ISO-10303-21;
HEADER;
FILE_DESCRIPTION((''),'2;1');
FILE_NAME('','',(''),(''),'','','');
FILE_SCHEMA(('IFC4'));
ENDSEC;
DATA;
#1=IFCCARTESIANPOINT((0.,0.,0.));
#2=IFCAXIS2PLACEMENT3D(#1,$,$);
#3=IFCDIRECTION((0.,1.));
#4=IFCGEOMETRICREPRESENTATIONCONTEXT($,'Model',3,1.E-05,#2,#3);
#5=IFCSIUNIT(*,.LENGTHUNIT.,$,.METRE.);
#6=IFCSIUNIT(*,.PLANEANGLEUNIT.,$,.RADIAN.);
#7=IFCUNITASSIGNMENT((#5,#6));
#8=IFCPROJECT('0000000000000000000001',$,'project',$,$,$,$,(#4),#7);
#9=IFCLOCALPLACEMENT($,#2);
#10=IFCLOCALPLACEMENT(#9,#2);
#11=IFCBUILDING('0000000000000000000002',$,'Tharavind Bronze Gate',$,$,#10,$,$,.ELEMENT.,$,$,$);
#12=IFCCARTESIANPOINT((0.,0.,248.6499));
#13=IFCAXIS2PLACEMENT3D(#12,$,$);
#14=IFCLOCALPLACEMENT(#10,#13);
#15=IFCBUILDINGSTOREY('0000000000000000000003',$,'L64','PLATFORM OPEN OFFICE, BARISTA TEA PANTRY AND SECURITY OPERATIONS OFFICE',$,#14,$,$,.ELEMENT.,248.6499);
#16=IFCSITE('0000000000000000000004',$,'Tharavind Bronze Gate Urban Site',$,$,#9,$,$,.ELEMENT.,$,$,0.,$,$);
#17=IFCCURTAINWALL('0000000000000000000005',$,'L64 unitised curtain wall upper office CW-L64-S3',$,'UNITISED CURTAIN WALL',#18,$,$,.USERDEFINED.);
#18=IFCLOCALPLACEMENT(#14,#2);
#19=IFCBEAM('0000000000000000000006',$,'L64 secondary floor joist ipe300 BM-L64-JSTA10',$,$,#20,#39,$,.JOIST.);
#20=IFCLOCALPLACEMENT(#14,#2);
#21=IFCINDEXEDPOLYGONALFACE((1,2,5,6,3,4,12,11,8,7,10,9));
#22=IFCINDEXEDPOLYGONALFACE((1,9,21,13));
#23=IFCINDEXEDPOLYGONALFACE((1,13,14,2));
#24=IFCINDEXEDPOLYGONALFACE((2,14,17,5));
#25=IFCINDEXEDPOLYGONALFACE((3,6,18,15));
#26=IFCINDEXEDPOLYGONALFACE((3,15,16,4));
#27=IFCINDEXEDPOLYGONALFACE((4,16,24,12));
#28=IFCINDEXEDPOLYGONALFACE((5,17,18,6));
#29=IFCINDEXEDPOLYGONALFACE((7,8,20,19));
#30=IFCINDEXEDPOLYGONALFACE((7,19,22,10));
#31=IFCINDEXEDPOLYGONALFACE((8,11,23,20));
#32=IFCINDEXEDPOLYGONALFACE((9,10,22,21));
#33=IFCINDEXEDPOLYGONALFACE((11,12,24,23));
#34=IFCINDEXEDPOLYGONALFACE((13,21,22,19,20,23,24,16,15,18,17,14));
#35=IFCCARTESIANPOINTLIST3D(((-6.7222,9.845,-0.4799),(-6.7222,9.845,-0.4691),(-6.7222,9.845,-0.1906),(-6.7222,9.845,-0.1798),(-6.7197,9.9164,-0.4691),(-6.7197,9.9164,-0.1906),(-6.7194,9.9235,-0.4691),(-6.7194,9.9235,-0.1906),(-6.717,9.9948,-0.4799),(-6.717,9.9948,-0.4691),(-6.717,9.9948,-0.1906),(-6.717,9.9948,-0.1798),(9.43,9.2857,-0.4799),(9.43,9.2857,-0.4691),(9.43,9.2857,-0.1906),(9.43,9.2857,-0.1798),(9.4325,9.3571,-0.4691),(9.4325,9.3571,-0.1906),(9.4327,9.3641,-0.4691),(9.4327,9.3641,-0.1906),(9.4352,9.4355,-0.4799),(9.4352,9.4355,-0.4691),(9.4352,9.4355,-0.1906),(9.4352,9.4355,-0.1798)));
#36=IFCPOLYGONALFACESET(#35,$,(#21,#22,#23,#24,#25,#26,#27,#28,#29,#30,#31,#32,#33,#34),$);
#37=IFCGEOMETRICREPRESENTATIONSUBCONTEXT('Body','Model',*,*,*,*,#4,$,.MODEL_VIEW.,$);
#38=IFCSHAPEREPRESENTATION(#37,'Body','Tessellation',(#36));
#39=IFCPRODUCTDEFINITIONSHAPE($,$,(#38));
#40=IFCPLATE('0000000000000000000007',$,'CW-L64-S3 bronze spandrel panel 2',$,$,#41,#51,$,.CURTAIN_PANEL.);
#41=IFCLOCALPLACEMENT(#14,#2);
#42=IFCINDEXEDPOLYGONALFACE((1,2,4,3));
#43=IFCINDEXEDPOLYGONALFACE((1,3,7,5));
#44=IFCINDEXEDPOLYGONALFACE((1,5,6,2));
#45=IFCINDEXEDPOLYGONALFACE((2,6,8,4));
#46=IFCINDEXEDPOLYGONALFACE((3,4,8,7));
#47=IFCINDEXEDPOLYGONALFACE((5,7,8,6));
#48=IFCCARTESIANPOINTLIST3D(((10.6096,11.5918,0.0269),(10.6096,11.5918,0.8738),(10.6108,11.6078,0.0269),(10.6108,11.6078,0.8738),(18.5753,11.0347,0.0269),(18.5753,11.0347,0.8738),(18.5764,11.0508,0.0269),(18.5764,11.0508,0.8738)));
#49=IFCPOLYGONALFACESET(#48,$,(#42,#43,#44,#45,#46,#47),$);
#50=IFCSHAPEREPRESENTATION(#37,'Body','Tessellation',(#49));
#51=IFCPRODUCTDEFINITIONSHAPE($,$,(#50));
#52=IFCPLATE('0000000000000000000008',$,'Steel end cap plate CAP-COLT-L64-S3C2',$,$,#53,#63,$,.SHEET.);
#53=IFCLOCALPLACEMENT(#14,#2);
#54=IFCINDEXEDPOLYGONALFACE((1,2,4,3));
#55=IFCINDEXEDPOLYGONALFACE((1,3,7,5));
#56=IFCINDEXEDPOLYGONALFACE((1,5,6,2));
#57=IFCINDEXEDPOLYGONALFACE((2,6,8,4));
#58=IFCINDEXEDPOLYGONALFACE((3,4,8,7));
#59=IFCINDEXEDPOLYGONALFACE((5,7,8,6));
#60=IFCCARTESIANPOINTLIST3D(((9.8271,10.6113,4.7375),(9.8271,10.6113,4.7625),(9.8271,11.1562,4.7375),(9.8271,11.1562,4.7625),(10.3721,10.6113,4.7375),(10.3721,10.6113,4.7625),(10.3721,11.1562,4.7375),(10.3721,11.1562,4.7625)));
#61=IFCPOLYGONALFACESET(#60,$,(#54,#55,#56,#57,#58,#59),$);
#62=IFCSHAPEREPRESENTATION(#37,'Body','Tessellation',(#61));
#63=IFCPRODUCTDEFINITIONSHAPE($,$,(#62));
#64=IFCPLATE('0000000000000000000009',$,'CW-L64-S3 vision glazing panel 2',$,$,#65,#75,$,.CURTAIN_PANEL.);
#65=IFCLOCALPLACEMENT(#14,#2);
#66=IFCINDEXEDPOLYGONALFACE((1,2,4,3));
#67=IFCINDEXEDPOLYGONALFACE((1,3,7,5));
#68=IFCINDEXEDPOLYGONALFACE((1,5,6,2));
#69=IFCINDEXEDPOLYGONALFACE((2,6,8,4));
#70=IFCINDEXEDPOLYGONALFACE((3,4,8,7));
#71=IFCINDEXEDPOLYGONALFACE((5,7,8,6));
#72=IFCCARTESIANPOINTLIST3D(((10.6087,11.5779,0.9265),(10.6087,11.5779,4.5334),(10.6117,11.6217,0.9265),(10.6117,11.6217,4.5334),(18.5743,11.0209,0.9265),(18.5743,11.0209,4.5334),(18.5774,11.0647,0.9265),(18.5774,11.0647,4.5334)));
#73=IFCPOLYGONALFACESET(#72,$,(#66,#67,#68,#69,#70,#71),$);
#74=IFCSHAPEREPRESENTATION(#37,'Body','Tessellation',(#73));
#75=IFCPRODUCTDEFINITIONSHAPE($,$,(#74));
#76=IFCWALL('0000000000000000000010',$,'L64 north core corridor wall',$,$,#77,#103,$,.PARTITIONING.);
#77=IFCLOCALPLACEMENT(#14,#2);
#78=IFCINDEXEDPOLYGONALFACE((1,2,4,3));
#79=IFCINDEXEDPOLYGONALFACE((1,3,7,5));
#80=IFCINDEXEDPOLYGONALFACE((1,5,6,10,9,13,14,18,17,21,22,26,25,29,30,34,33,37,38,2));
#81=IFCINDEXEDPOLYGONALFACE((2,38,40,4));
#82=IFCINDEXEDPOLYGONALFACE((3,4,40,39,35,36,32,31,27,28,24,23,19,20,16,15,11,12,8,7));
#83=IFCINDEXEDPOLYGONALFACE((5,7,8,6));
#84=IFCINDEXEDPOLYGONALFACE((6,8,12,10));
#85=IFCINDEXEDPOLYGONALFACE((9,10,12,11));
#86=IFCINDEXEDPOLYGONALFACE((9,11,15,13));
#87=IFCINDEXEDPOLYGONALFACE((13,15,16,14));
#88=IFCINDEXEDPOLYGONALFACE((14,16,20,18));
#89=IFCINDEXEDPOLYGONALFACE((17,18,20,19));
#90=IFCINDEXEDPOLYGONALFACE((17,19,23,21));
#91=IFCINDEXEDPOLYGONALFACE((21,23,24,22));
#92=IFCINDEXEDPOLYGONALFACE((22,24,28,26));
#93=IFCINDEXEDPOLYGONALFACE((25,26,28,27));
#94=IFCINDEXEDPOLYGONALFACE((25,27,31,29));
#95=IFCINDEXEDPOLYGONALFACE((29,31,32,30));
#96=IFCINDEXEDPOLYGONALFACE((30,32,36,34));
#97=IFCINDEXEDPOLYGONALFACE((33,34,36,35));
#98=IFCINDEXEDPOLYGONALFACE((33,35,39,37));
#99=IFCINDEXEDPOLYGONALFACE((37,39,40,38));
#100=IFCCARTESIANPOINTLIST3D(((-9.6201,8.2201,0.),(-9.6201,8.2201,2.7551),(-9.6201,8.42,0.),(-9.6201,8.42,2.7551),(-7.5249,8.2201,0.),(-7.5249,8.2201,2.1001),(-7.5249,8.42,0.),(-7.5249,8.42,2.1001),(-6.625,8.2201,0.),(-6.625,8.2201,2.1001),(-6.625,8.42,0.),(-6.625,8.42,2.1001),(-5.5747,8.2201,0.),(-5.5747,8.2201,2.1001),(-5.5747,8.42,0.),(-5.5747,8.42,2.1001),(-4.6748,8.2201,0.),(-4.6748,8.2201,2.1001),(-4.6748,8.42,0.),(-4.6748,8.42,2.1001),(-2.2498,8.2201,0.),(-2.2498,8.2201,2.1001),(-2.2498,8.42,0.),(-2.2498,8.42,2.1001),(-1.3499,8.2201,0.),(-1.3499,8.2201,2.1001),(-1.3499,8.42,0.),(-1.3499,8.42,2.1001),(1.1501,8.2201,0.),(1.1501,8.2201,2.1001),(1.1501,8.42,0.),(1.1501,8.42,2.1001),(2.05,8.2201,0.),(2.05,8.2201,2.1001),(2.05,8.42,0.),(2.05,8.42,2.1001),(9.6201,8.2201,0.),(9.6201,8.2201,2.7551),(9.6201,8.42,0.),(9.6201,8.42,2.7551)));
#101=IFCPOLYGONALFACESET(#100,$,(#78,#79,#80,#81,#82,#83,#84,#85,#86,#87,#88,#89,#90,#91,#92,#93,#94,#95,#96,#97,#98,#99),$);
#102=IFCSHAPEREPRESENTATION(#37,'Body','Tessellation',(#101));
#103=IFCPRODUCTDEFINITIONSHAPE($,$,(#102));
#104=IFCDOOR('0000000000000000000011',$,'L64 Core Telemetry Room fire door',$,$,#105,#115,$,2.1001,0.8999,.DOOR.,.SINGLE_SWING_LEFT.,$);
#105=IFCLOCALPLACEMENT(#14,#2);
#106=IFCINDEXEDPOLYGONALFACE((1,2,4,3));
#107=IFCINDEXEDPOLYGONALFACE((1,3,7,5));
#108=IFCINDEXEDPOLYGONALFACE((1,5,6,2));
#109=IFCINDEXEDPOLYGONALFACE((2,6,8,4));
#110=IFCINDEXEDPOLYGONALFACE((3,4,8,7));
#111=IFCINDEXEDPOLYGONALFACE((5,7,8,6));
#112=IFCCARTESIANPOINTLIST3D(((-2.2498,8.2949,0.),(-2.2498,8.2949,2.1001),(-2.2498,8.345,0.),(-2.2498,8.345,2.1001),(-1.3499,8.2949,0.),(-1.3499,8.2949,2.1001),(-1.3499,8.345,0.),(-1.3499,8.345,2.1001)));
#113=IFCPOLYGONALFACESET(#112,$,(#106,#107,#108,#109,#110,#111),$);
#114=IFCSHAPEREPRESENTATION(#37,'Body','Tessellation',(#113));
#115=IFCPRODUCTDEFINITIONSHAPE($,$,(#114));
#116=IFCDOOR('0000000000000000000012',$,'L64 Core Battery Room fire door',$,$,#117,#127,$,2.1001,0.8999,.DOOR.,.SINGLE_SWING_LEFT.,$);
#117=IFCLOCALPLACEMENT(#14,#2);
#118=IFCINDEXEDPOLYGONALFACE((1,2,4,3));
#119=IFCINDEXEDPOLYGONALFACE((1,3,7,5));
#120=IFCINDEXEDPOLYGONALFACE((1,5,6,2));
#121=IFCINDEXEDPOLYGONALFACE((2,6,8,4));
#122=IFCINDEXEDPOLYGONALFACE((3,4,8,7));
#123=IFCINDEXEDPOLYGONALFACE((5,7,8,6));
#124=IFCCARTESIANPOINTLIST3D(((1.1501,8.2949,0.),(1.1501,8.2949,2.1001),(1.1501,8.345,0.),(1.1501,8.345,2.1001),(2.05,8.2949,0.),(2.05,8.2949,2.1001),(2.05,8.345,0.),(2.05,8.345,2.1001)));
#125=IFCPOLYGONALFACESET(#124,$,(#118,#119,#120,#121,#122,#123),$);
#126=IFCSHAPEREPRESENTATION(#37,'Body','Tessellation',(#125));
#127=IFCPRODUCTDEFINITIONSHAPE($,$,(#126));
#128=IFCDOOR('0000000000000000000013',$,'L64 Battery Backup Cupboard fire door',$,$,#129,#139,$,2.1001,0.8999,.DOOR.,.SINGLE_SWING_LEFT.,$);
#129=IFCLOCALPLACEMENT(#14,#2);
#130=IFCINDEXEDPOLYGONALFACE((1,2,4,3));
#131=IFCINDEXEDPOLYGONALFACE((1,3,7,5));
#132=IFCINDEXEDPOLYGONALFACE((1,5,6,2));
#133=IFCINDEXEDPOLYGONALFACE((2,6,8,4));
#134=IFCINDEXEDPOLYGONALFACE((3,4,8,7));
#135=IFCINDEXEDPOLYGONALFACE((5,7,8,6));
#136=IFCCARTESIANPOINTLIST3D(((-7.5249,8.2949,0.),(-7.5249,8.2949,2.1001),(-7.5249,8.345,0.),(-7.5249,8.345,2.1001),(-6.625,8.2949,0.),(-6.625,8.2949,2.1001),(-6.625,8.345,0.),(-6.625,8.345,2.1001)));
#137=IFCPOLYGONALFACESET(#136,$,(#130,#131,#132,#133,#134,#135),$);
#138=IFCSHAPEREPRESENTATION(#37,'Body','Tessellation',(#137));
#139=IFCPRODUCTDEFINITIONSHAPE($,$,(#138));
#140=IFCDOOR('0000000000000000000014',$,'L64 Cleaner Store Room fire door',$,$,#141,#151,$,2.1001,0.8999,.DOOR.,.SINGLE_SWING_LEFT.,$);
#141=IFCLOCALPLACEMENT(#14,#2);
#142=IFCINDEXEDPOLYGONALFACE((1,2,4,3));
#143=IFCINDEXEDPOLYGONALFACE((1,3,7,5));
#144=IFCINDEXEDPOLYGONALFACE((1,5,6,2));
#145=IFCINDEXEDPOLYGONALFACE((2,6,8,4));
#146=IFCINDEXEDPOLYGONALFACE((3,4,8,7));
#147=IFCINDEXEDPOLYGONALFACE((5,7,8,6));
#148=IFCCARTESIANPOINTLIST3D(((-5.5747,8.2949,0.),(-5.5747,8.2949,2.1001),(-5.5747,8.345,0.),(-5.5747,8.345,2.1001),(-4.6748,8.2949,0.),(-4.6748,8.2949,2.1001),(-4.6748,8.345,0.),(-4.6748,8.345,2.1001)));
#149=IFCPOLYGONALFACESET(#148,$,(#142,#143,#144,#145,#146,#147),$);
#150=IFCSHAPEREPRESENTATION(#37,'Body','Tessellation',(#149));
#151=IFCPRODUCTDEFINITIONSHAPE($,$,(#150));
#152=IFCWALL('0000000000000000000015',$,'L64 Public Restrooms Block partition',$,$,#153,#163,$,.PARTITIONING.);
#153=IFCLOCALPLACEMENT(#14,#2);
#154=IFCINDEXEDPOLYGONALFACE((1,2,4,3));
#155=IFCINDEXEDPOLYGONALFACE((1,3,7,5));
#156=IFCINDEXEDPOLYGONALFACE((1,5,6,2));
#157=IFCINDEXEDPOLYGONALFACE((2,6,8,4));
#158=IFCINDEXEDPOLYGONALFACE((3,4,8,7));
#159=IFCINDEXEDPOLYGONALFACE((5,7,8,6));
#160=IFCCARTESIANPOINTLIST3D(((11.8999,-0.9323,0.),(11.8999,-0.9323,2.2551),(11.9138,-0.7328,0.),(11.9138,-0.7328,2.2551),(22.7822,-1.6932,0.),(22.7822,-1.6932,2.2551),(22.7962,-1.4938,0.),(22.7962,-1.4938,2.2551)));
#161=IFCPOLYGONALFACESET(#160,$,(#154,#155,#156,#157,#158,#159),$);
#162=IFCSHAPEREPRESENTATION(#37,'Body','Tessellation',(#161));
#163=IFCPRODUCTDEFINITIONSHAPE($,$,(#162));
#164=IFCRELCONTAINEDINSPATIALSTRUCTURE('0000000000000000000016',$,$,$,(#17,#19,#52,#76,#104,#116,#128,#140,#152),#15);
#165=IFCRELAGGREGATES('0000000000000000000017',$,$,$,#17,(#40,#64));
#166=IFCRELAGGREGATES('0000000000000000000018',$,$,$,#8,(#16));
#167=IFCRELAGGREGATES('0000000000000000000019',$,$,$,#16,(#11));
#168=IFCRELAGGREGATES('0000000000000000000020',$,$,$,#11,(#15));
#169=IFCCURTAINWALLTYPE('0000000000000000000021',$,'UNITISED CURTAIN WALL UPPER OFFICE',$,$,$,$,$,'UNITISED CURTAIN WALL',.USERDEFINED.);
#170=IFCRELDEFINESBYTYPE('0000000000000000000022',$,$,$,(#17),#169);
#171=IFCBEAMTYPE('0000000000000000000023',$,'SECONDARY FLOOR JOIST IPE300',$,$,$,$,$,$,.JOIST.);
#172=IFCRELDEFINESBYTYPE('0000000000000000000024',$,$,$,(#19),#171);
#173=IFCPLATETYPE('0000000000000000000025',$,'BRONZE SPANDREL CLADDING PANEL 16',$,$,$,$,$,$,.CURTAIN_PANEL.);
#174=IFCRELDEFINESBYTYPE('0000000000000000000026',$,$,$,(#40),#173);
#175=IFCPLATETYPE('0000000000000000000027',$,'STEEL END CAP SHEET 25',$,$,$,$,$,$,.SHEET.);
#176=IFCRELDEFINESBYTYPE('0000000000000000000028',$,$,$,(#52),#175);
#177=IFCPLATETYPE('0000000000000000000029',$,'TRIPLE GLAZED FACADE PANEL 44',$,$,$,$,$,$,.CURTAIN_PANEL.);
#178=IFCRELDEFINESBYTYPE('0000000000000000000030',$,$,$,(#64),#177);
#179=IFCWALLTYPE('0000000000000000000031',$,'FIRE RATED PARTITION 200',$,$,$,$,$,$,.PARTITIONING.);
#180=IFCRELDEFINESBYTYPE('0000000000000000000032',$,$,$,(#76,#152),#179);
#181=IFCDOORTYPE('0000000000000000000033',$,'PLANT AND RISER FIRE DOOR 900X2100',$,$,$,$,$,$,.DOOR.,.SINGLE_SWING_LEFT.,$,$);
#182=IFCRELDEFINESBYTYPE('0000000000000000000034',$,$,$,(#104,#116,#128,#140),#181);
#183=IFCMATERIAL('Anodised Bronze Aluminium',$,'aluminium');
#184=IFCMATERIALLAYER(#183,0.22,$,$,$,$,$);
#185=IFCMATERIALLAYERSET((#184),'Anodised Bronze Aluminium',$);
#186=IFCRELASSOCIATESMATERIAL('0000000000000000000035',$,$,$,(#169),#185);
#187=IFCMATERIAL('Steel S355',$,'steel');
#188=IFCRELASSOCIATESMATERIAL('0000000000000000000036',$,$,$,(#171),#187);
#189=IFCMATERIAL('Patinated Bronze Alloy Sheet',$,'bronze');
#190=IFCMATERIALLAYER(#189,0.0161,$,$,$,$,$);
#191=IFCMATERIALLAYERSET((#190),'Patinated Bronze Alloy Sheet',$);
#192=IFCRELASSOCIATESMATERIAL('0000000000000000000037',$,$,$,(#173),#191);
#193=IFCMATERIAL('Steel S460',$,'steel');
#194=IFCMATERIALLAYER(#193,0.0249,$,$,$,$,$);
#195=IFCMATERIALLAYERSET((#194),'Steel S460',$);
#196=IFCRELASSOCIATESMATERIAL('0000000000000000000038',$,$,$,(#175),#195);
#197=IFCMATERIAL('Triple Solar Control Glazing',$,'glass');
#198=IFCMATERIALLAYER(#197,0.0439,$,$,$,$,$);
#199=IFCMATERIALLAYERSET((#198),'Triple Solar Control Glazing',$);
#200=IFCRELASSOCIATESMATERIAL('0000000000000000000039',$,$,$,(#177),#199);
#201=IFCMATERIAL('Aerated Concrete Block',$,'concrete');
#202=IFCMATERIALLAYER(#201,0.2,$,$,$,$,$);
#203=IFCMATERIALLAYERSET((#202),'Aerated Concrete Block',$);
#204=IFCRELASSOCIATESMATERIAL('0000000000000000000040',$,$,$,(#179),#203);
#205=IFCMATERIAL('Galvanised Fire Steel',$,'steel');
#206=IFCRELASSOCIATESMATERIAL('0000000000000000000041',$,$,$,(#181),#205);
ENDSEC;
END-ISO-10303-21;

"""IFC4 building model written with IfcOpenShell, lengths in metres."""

from ifc_helpers import new_model, si_unit, direction, frame, frame_2d, origin, origin_2d, place, context, subcontext, project, spatial, rectangle, i_section, extrude, material, layer, layer_set, material_profile, profile_set, type_object, element, fill, aggregate, save


model = new_model("IFC4")

# Units and contexts
model_context = context("Model", 3, precision=1e-05, world=origin(), true_north=direction((0.0, 1.0)))
body_context = subcontext(model_context, "Body", "Model", "MODEL_VIEW")
ifc_project = project(units=[si_unit("LENGTHUNIT", "METRE"), si_unit("PLANEANGLEUNIT", "RADIAN")], contexts=[model_context])

# Site, building, storey
site_placement = place(None, origin())
site = spatial("IfcSite", under=ifc_project, at=site_placement, Name="Tharavind Bronze Gate Urban Site", CompositionType="ELEMENT", RefElevation=0.0)
building_placement = place(site_placement, origin())
building = spatial("IfcBuilding", under=site, at=building_placement, Name="Tharavind Bronze Gate", CompositionType="ELEMENT")
storey_placement = place(building_placement, frame((0.0, 0.0, 248.6499)))
storey = spatial("IfcBuildingStorey", under=building, at=storey_placement, Name="L64", Description="PLATFORM OPEN OFFICE, BARISTA TEA PANTRY AND SECURITY OPERATIONS OFFICE", CompositionType="ELEMENT", Elevation=248.6499)

# Shared definitions
ifc_material_1 = material(Name="Steel S460", Category="steel")

# Curtain wall
ifc_material_2 = material(Name="Anodised Bronze Aluminium", Category="aluminium")
ifc_layer_1 = layer(ifc_material_2, 0.22)
ifc_layer_set_1 = layer_set([ifc_layer_1], Name="Anodised Bronze Aluminium")
curtain_wall_type = type_object("IfcCurtainWallType", Name="UNITISED CURTAIN WALL UPPER OFFICE", ElementType="UNITISED CURTAIN WALL", PredefinedType="USERDEFINED", material=ifc_layer_set_1)
curtain_wall_placement = place(storey_placement, origin())
curtain_wall = element("IfcCurtainWall", 1, at=curtain_wall_placement, inside=storey, type_object=curtain_wall_type, Name="L64 unitised curtain wall upper office CW-L64-S3", ObjectType="UNITISED CURTAIN WALL", PredefinedType="USERDEFINED")

# Beam
ifc_material_3 = material(Name="Steel S355", Category="steel")
ifc_material_profile_1 = material_profile(ifc_material_3, i_section(OverallWidth=0.1499, OverallDepth=0.3, WebThickness=0.0071, FlangeThickness=0.0107, at=origin_2d()), Name="IPE300")
ifc_profile_set_1 = profile_set([ifc_material_profile_1], Name="Steel S355")
beam_type_1 = type_object("IfcBeamType", Name="SECONDARY FLOOR JOIST IPE300", PredefinedType="JOIST", material=ifc_profile_set_1)
beam_1_placement = place(storey_placement, frame((9.4326, 9.3606, -0.3298), z_axis=(-0.999401, 0.034608, 0.0), x_axis=(-0.034608, -0.999401, 0.0)))
element("IfcBeam", 2, at=beam_1_placement, inside=storey, type_object=beam_type_1, Name="L64 secondary floor joist ipe300 BM-L64-JSTA10", PredefinedType="JOIST", context=body_context, shape_type="SweptSolid", body=[
    extrude(i_section(OverallWidth=0.1499, OverallDepth=0.3, WebThickness=0.0071, FlangeThickness=0.0107, at=origin_2d()), origin(), (0.0, 0.0, 1.0), 16.1619),
])

# Plates
ifc_material_4 = material(Name="Patinated Bronze Alloy Sheet", Category="bronze")
ifc_layer_2 = layer(ifc_material_4, 0.0161)
ifc_layer_set_2 = layer_set([ifc_layer_2], Name="Patinated Bronze Alloy Sheet")
plate_type_1 = type_object("IfcPlateType", Name="BRONZE SPANDREL CLADDING PANEL 16", PredefinedType="CURTAIN_PANEL", material=ifc_layer_set_2)
plate_1_placement = place(storey_placement, frame((14.593, 11.3213, 0.0269), z_axis=(0.0, 0.0, 1.0), x_axis=(-0.997564, 0.069758, 0.0)))
plate_1 = element("IfcPlate", 3, at=plate_1_placement, type_object=plate_type_1, Name="CW-L64-S3 bronze spandrel panel 2", PredefinedType="CURTAIN_PANEL", context=body_context, shape_type="SweptSolid", body=[
    extrude(rectangle(XDim=7.9851, YDim=0.0161, at=origin_2d()), origin(), (0.0, 0.0, 1.0), 0.8469),
])
ifc_layer_3 = layer(ifc_material_1, 0.0249)
ifc_layer_set_3 = layer_set([ifc_layer_3], Name="Steel S460")
plate_type_2 = type_object("IfcPlateType", Name="STEEL END CAP SHEET 25", PredefinedType="SHEET", material=ifc_layer_set_3)
plate_2_placement = place(storey_placement, frame((10.0996, 10.8838, 4.7375), z_axis=(0.0, 0.0, 1.0), x_axis=(1.0, 0.0, 0.0)))
element("IfcPlate", 4, at=plate_2_placement, inside=storey, type_object=plate_type_2, Name="Steel end cap plate CAP-COLT-L64-S3C2", PredefinedType="SHEET", context=body_context, shape_type="SweptSolid", body=[
    extrude(rectangle(XDim=0.5449, YDim=0.5449, at=origin_2d()), origin(), (0.0, 0.0, 1.0), 0.0249),
])
ifc_material_5 = material(Name="Triple Solar Control Glazing", Category="glass")
ifc_layer_4 = layer(ifc_material_5, 0.0439)
ifc_layer_set_4 = layer_set([ifc_layer_4], Name="Triple Solar Control Glazing")
plate_type_3 = type_object("IfcPlateType", Name="TRIPLE GLAZED FACADE PANEL 44", PredefinedType="CURTAIN_PANEL", material=ifc_layer_set_4)
plate_3_placement = place(storey_placement, frame((14.593, 11.3213, 0.9265), z_axis=(0.0, 0.0, 1.0), x_axis=(-0.997564, 0.069758, 0.0)))
plate_3 = element("IfcPlate", 5, at=plate_3_placement, type_object=plate_type_3, Name="CW-L64-S3 vision glazing panel 2", PredefinedType="CURTAIN_PANEL", context=body_context, shape_type="SweptSolid", body=[
    extrude(rectangle(XDim=7.9851, YDim=0.0439, at=origin_2d()), origin(), (0.0, 0.0, 1.0), 3.6069),
])
aggregate(curtain_wall, [plate_1, plate_3])

# Wall, openings, doors
ifc_material_6 = material(Name="Aerated Concrete Block", Category="concrete")
ifc_layer_5 = layer(ifc_material_6, 0.2)
ifc_layer_set_5 = layer_set([ifc_layer_5], Name="Aerated Concrete Block")
wall_type = type_object("IfcWallType", Name="FIRE RATED PARTITION 200", PredefinedType="PARTITIONING", material=ifc_layer_set_5)
wall_1_placement = place(storey_placement, frame((9.6201, 8.3201, 0.0), z_axis=(0.0, 0.0, 1.0), x_axis=(-1.0, 0.0, 0.0)))
wall_1 = element("IfcWall", 6, at=wall_1_placement, inside=storey, type_object=wall_type, Name="L64 north core corridor wall", PredefinedType="PARTITIONING", context=body_context, shape_type="SweptSolid", body=[
    extrude(rectangle(XDim=19.2402, YDim=0.2, at=frame_2d((9.6201, 0.0))), origin(), (0.0, 0.0, 1.0), 2.7551),
])
opening_1_placement = place(wall_1_placement, frame((10.97, 0.0, 0.0)))
opening_1 = element("IfcOpeningElement", 7, at=opening_1_placement, cuts=wall_1, PredefinedType="OPENING", context=body_context, shape_type="SweptSolid", body=[
    extrude(rectangle(XDim=0.8999, YDim=2.1001, at=frame_2d((0.45, 1.05))), frame((0.0, 0.1101, 0.0), z_axis=(0.0, -1.0, 0.0), x_axis=(1.0, 0.0, 0.0)), (0.0, 0.0, 1.0), 0.22),
])
opening_2_placement = place(wall_1_placement, frame((7.5701, 0.0, 0.0)))
opening_2 = element("IfcOpeningElement", 8, at=opening_2_placement, cuts=wall_1, PredefinedType="OPENING", context=body_context, shape_type="SweptSolid", body=[
    extrude(rectangle(XDim=0.8999, YDim=2.1001, at=frame_2d((0.45, 1.05))), frame((0.0, 0.1101, 0.0), z_axis=(0.0, -1.0, 0.0), x_axis=(1.0, 0.0, 0.0)), (0.0, 0.0, 1.0), 0.22),
])
opening_3_placement = place(wall_1_placement, frame((16.2451, 0.0, 0.0)))
opening_3 = element("IfcOpeningElement", 9, at=opening_3_placement, cuts=wall_1, PredefinedType="OPENING", context=body_context, shape_type="SweptSolid", body=[
    extrude(rectangle(XDim=0.8999, YDim=2.1001, at=frame_2d((0.45, 1.05))), frame((0.0, 0.1101, 0.0), z_axis=(0.0, -1.0, 0.0), x_axis=(1.0, 0.0, 0.0)), (0.0, 0.0, 1.0), 0.22),
])
opening_4_placement = place(wall_1_placement, frame((14.2949, 0.0, 0.0)))
opening_4 = element("IfcOpeningElement", 10, at=opening_4_placement, cuts=wall_1, PredefinedType="OPENING", context=body_context, shape_type="SweptSolid", body=[
    extrude(rectangle(XDim=0.8999, YDim=2.1001, at=frame_2d((0.45, 1.05))), frame((0.0, 0.1101, 0.0), z_axis=(0.0, -1.0, 0.0), x_axis=(1.0, 0.0, 0.0)), (0.0, 0.0, 1.0), 0.22),
])
ifc_material_7 = material(Name="Galvanised Fire Steel", Category="steel")
door_type_1 = type_object("IfcDoorType", Name="PLANT AND RISER FIRE DOOR 900X2100", OperationType="SINGLE_SWING_LEFT", PredefinedType="DOOR", material=ifc_material_7)
door_1_placement = place(opening_1_placement, frame((0.8999, 0.0, 0.0), z_axis=(0.0, 0.0, 1.0), x_axis=(-1.0, 0.0, 0.0)))
door_1 = element("IfcDoor", 11, at=door_1_placement, inside=storey, type_object=door_type_1, Name="L64 Core Telemetry Room fire door", OperationType="SINGLE_SWING_LEFT", OverallHeight=2.1001, OverallWidth=0.8999, PredefinedType="DOOR", context=body_context, shape_type="SweptSolid", body=[
    extrude(rectangle(XDim=0.8999, YDim=2.1001, at=frame_2d((0.45, 1.05))), frame((0.0, 0.0249, 0.0), z_axis=(0.0, -1.0, 0.0), x_axis=(1.0, 0.0, 0.0)), (0.0, 0.0, 1.0), 0.05),
])
fill(opening_1, door_1)
door_2_placement = place(opening_2_placement, frame((0.8999, 0.0, 0.0), z_axis=(0.0, 0.0, 1.0), x_axis=(-1.0, 0.0, 0.0)))
door_2 = element("IfcDoor", 12, at=door_2_placement, inside=storey, type_object=door_type_1, Name="L64 Core Battery Room fire door", OperationType="SINGLE_SWING_LEFT", OverallHeight=2.1001, OverallWidth=0.8999, PredefinedType="DOOR", context=body_context, shape_type="SweptSolid", body=[
    extrude(rectangle(XDim=0.8999, YDim=2.1001, at=frame_2d((0.45, 1.05))), frame((0.0, 0.0249, 0.0), z_axis=(0.0, -1.0, 0.0), x_axis=(1.0, 0.0, 0.0)), (0.0, 0.0, 1.0), 0.05),
])
fill(opening_2, door_2)
door_3_placement = place(opening_3_placement, frame((0.8999, 0.0, 0.0), z_axis=(0.0, 0.0, 1.0), x_axis=(-1.0, 0.0, 0.0)))
door_3 = element("IfcDoor", 13, at=door_3_placement, inside=storey, type_object=door_type_1, Name="L64 Battery Backup Cupboard fire door", OperationType="SINGLE_SWING_LEFT", OverallHeight=2.1001, OverallWidth=0.8999, PredefinedType="DOOR", context=body_context, shape_type="SweptSolid", body=[
    extrude(rectangle(XDim=0.8999, YDim=2.1001, at=frame_2d((0.45, 1.05))), frame((0.0, 0.0249, 0.0), z_axis=(0.0, -1.0, 0.0), x_axis=(1.0, 0.0, 0.0)), (0.0, 0.0, 1.0), 0.05),
])
fill(opening_3, door_3)
door_4_placement = place(opening_4_placement, frame((0.8999, 0.0, 0.0), z_axis=(0.0, 0.0, 1.0), x_axis=(-1.0, 0.0, 0.0)))
door_4 = element("IfcDoor", 14, at=door_4_placement, inside=storey, type_object=door_type_1, Name="L64 Cleaner Store Room fire door", OperationType="SINGLE_SWING_LEFT", OverallHeight=2.1001, OverallWidth=0.8999, PredefinedType="DOOR", context=body_context, shape_type="SweptSolid", body=[
    extrude(rectangle(XDim=0.8999, YDim=2.1001, at=frame_2d((0.45, 1.05))), frame((0.0, 0.0249, 0.0), z_axis=(0.0, -1.0, 0.0), x_axis=(1.0, 0.0, 0.0)), (0.0, 0.0, 1.0), 0.05),
])
fill(opening_4, door_4)

# Wall
wall_2_placement = place(storey_placement, frame((11.9067, -0.8325, 0.0), z_axis=(0.0, 0.0, 1.0), x_axis=(0.997564, -0.069758, 0.0)))
element("IfcWall", 15, at=wall_2_placement, inside=storey, type_object=wall_type, Name="L64 Public Restrooms Block partition", PredefinedType="PARTITIONING", context=body_context, shape_type="SweptSolid", body=[
    extrude(rectangle(XDim=10.9089, YDim=0.2, at=frame_2d((5.4546, 0.0))), origin(), (0.0, 0.0, 1.0), 2.2551),
])

save(model, "model.ifc")
